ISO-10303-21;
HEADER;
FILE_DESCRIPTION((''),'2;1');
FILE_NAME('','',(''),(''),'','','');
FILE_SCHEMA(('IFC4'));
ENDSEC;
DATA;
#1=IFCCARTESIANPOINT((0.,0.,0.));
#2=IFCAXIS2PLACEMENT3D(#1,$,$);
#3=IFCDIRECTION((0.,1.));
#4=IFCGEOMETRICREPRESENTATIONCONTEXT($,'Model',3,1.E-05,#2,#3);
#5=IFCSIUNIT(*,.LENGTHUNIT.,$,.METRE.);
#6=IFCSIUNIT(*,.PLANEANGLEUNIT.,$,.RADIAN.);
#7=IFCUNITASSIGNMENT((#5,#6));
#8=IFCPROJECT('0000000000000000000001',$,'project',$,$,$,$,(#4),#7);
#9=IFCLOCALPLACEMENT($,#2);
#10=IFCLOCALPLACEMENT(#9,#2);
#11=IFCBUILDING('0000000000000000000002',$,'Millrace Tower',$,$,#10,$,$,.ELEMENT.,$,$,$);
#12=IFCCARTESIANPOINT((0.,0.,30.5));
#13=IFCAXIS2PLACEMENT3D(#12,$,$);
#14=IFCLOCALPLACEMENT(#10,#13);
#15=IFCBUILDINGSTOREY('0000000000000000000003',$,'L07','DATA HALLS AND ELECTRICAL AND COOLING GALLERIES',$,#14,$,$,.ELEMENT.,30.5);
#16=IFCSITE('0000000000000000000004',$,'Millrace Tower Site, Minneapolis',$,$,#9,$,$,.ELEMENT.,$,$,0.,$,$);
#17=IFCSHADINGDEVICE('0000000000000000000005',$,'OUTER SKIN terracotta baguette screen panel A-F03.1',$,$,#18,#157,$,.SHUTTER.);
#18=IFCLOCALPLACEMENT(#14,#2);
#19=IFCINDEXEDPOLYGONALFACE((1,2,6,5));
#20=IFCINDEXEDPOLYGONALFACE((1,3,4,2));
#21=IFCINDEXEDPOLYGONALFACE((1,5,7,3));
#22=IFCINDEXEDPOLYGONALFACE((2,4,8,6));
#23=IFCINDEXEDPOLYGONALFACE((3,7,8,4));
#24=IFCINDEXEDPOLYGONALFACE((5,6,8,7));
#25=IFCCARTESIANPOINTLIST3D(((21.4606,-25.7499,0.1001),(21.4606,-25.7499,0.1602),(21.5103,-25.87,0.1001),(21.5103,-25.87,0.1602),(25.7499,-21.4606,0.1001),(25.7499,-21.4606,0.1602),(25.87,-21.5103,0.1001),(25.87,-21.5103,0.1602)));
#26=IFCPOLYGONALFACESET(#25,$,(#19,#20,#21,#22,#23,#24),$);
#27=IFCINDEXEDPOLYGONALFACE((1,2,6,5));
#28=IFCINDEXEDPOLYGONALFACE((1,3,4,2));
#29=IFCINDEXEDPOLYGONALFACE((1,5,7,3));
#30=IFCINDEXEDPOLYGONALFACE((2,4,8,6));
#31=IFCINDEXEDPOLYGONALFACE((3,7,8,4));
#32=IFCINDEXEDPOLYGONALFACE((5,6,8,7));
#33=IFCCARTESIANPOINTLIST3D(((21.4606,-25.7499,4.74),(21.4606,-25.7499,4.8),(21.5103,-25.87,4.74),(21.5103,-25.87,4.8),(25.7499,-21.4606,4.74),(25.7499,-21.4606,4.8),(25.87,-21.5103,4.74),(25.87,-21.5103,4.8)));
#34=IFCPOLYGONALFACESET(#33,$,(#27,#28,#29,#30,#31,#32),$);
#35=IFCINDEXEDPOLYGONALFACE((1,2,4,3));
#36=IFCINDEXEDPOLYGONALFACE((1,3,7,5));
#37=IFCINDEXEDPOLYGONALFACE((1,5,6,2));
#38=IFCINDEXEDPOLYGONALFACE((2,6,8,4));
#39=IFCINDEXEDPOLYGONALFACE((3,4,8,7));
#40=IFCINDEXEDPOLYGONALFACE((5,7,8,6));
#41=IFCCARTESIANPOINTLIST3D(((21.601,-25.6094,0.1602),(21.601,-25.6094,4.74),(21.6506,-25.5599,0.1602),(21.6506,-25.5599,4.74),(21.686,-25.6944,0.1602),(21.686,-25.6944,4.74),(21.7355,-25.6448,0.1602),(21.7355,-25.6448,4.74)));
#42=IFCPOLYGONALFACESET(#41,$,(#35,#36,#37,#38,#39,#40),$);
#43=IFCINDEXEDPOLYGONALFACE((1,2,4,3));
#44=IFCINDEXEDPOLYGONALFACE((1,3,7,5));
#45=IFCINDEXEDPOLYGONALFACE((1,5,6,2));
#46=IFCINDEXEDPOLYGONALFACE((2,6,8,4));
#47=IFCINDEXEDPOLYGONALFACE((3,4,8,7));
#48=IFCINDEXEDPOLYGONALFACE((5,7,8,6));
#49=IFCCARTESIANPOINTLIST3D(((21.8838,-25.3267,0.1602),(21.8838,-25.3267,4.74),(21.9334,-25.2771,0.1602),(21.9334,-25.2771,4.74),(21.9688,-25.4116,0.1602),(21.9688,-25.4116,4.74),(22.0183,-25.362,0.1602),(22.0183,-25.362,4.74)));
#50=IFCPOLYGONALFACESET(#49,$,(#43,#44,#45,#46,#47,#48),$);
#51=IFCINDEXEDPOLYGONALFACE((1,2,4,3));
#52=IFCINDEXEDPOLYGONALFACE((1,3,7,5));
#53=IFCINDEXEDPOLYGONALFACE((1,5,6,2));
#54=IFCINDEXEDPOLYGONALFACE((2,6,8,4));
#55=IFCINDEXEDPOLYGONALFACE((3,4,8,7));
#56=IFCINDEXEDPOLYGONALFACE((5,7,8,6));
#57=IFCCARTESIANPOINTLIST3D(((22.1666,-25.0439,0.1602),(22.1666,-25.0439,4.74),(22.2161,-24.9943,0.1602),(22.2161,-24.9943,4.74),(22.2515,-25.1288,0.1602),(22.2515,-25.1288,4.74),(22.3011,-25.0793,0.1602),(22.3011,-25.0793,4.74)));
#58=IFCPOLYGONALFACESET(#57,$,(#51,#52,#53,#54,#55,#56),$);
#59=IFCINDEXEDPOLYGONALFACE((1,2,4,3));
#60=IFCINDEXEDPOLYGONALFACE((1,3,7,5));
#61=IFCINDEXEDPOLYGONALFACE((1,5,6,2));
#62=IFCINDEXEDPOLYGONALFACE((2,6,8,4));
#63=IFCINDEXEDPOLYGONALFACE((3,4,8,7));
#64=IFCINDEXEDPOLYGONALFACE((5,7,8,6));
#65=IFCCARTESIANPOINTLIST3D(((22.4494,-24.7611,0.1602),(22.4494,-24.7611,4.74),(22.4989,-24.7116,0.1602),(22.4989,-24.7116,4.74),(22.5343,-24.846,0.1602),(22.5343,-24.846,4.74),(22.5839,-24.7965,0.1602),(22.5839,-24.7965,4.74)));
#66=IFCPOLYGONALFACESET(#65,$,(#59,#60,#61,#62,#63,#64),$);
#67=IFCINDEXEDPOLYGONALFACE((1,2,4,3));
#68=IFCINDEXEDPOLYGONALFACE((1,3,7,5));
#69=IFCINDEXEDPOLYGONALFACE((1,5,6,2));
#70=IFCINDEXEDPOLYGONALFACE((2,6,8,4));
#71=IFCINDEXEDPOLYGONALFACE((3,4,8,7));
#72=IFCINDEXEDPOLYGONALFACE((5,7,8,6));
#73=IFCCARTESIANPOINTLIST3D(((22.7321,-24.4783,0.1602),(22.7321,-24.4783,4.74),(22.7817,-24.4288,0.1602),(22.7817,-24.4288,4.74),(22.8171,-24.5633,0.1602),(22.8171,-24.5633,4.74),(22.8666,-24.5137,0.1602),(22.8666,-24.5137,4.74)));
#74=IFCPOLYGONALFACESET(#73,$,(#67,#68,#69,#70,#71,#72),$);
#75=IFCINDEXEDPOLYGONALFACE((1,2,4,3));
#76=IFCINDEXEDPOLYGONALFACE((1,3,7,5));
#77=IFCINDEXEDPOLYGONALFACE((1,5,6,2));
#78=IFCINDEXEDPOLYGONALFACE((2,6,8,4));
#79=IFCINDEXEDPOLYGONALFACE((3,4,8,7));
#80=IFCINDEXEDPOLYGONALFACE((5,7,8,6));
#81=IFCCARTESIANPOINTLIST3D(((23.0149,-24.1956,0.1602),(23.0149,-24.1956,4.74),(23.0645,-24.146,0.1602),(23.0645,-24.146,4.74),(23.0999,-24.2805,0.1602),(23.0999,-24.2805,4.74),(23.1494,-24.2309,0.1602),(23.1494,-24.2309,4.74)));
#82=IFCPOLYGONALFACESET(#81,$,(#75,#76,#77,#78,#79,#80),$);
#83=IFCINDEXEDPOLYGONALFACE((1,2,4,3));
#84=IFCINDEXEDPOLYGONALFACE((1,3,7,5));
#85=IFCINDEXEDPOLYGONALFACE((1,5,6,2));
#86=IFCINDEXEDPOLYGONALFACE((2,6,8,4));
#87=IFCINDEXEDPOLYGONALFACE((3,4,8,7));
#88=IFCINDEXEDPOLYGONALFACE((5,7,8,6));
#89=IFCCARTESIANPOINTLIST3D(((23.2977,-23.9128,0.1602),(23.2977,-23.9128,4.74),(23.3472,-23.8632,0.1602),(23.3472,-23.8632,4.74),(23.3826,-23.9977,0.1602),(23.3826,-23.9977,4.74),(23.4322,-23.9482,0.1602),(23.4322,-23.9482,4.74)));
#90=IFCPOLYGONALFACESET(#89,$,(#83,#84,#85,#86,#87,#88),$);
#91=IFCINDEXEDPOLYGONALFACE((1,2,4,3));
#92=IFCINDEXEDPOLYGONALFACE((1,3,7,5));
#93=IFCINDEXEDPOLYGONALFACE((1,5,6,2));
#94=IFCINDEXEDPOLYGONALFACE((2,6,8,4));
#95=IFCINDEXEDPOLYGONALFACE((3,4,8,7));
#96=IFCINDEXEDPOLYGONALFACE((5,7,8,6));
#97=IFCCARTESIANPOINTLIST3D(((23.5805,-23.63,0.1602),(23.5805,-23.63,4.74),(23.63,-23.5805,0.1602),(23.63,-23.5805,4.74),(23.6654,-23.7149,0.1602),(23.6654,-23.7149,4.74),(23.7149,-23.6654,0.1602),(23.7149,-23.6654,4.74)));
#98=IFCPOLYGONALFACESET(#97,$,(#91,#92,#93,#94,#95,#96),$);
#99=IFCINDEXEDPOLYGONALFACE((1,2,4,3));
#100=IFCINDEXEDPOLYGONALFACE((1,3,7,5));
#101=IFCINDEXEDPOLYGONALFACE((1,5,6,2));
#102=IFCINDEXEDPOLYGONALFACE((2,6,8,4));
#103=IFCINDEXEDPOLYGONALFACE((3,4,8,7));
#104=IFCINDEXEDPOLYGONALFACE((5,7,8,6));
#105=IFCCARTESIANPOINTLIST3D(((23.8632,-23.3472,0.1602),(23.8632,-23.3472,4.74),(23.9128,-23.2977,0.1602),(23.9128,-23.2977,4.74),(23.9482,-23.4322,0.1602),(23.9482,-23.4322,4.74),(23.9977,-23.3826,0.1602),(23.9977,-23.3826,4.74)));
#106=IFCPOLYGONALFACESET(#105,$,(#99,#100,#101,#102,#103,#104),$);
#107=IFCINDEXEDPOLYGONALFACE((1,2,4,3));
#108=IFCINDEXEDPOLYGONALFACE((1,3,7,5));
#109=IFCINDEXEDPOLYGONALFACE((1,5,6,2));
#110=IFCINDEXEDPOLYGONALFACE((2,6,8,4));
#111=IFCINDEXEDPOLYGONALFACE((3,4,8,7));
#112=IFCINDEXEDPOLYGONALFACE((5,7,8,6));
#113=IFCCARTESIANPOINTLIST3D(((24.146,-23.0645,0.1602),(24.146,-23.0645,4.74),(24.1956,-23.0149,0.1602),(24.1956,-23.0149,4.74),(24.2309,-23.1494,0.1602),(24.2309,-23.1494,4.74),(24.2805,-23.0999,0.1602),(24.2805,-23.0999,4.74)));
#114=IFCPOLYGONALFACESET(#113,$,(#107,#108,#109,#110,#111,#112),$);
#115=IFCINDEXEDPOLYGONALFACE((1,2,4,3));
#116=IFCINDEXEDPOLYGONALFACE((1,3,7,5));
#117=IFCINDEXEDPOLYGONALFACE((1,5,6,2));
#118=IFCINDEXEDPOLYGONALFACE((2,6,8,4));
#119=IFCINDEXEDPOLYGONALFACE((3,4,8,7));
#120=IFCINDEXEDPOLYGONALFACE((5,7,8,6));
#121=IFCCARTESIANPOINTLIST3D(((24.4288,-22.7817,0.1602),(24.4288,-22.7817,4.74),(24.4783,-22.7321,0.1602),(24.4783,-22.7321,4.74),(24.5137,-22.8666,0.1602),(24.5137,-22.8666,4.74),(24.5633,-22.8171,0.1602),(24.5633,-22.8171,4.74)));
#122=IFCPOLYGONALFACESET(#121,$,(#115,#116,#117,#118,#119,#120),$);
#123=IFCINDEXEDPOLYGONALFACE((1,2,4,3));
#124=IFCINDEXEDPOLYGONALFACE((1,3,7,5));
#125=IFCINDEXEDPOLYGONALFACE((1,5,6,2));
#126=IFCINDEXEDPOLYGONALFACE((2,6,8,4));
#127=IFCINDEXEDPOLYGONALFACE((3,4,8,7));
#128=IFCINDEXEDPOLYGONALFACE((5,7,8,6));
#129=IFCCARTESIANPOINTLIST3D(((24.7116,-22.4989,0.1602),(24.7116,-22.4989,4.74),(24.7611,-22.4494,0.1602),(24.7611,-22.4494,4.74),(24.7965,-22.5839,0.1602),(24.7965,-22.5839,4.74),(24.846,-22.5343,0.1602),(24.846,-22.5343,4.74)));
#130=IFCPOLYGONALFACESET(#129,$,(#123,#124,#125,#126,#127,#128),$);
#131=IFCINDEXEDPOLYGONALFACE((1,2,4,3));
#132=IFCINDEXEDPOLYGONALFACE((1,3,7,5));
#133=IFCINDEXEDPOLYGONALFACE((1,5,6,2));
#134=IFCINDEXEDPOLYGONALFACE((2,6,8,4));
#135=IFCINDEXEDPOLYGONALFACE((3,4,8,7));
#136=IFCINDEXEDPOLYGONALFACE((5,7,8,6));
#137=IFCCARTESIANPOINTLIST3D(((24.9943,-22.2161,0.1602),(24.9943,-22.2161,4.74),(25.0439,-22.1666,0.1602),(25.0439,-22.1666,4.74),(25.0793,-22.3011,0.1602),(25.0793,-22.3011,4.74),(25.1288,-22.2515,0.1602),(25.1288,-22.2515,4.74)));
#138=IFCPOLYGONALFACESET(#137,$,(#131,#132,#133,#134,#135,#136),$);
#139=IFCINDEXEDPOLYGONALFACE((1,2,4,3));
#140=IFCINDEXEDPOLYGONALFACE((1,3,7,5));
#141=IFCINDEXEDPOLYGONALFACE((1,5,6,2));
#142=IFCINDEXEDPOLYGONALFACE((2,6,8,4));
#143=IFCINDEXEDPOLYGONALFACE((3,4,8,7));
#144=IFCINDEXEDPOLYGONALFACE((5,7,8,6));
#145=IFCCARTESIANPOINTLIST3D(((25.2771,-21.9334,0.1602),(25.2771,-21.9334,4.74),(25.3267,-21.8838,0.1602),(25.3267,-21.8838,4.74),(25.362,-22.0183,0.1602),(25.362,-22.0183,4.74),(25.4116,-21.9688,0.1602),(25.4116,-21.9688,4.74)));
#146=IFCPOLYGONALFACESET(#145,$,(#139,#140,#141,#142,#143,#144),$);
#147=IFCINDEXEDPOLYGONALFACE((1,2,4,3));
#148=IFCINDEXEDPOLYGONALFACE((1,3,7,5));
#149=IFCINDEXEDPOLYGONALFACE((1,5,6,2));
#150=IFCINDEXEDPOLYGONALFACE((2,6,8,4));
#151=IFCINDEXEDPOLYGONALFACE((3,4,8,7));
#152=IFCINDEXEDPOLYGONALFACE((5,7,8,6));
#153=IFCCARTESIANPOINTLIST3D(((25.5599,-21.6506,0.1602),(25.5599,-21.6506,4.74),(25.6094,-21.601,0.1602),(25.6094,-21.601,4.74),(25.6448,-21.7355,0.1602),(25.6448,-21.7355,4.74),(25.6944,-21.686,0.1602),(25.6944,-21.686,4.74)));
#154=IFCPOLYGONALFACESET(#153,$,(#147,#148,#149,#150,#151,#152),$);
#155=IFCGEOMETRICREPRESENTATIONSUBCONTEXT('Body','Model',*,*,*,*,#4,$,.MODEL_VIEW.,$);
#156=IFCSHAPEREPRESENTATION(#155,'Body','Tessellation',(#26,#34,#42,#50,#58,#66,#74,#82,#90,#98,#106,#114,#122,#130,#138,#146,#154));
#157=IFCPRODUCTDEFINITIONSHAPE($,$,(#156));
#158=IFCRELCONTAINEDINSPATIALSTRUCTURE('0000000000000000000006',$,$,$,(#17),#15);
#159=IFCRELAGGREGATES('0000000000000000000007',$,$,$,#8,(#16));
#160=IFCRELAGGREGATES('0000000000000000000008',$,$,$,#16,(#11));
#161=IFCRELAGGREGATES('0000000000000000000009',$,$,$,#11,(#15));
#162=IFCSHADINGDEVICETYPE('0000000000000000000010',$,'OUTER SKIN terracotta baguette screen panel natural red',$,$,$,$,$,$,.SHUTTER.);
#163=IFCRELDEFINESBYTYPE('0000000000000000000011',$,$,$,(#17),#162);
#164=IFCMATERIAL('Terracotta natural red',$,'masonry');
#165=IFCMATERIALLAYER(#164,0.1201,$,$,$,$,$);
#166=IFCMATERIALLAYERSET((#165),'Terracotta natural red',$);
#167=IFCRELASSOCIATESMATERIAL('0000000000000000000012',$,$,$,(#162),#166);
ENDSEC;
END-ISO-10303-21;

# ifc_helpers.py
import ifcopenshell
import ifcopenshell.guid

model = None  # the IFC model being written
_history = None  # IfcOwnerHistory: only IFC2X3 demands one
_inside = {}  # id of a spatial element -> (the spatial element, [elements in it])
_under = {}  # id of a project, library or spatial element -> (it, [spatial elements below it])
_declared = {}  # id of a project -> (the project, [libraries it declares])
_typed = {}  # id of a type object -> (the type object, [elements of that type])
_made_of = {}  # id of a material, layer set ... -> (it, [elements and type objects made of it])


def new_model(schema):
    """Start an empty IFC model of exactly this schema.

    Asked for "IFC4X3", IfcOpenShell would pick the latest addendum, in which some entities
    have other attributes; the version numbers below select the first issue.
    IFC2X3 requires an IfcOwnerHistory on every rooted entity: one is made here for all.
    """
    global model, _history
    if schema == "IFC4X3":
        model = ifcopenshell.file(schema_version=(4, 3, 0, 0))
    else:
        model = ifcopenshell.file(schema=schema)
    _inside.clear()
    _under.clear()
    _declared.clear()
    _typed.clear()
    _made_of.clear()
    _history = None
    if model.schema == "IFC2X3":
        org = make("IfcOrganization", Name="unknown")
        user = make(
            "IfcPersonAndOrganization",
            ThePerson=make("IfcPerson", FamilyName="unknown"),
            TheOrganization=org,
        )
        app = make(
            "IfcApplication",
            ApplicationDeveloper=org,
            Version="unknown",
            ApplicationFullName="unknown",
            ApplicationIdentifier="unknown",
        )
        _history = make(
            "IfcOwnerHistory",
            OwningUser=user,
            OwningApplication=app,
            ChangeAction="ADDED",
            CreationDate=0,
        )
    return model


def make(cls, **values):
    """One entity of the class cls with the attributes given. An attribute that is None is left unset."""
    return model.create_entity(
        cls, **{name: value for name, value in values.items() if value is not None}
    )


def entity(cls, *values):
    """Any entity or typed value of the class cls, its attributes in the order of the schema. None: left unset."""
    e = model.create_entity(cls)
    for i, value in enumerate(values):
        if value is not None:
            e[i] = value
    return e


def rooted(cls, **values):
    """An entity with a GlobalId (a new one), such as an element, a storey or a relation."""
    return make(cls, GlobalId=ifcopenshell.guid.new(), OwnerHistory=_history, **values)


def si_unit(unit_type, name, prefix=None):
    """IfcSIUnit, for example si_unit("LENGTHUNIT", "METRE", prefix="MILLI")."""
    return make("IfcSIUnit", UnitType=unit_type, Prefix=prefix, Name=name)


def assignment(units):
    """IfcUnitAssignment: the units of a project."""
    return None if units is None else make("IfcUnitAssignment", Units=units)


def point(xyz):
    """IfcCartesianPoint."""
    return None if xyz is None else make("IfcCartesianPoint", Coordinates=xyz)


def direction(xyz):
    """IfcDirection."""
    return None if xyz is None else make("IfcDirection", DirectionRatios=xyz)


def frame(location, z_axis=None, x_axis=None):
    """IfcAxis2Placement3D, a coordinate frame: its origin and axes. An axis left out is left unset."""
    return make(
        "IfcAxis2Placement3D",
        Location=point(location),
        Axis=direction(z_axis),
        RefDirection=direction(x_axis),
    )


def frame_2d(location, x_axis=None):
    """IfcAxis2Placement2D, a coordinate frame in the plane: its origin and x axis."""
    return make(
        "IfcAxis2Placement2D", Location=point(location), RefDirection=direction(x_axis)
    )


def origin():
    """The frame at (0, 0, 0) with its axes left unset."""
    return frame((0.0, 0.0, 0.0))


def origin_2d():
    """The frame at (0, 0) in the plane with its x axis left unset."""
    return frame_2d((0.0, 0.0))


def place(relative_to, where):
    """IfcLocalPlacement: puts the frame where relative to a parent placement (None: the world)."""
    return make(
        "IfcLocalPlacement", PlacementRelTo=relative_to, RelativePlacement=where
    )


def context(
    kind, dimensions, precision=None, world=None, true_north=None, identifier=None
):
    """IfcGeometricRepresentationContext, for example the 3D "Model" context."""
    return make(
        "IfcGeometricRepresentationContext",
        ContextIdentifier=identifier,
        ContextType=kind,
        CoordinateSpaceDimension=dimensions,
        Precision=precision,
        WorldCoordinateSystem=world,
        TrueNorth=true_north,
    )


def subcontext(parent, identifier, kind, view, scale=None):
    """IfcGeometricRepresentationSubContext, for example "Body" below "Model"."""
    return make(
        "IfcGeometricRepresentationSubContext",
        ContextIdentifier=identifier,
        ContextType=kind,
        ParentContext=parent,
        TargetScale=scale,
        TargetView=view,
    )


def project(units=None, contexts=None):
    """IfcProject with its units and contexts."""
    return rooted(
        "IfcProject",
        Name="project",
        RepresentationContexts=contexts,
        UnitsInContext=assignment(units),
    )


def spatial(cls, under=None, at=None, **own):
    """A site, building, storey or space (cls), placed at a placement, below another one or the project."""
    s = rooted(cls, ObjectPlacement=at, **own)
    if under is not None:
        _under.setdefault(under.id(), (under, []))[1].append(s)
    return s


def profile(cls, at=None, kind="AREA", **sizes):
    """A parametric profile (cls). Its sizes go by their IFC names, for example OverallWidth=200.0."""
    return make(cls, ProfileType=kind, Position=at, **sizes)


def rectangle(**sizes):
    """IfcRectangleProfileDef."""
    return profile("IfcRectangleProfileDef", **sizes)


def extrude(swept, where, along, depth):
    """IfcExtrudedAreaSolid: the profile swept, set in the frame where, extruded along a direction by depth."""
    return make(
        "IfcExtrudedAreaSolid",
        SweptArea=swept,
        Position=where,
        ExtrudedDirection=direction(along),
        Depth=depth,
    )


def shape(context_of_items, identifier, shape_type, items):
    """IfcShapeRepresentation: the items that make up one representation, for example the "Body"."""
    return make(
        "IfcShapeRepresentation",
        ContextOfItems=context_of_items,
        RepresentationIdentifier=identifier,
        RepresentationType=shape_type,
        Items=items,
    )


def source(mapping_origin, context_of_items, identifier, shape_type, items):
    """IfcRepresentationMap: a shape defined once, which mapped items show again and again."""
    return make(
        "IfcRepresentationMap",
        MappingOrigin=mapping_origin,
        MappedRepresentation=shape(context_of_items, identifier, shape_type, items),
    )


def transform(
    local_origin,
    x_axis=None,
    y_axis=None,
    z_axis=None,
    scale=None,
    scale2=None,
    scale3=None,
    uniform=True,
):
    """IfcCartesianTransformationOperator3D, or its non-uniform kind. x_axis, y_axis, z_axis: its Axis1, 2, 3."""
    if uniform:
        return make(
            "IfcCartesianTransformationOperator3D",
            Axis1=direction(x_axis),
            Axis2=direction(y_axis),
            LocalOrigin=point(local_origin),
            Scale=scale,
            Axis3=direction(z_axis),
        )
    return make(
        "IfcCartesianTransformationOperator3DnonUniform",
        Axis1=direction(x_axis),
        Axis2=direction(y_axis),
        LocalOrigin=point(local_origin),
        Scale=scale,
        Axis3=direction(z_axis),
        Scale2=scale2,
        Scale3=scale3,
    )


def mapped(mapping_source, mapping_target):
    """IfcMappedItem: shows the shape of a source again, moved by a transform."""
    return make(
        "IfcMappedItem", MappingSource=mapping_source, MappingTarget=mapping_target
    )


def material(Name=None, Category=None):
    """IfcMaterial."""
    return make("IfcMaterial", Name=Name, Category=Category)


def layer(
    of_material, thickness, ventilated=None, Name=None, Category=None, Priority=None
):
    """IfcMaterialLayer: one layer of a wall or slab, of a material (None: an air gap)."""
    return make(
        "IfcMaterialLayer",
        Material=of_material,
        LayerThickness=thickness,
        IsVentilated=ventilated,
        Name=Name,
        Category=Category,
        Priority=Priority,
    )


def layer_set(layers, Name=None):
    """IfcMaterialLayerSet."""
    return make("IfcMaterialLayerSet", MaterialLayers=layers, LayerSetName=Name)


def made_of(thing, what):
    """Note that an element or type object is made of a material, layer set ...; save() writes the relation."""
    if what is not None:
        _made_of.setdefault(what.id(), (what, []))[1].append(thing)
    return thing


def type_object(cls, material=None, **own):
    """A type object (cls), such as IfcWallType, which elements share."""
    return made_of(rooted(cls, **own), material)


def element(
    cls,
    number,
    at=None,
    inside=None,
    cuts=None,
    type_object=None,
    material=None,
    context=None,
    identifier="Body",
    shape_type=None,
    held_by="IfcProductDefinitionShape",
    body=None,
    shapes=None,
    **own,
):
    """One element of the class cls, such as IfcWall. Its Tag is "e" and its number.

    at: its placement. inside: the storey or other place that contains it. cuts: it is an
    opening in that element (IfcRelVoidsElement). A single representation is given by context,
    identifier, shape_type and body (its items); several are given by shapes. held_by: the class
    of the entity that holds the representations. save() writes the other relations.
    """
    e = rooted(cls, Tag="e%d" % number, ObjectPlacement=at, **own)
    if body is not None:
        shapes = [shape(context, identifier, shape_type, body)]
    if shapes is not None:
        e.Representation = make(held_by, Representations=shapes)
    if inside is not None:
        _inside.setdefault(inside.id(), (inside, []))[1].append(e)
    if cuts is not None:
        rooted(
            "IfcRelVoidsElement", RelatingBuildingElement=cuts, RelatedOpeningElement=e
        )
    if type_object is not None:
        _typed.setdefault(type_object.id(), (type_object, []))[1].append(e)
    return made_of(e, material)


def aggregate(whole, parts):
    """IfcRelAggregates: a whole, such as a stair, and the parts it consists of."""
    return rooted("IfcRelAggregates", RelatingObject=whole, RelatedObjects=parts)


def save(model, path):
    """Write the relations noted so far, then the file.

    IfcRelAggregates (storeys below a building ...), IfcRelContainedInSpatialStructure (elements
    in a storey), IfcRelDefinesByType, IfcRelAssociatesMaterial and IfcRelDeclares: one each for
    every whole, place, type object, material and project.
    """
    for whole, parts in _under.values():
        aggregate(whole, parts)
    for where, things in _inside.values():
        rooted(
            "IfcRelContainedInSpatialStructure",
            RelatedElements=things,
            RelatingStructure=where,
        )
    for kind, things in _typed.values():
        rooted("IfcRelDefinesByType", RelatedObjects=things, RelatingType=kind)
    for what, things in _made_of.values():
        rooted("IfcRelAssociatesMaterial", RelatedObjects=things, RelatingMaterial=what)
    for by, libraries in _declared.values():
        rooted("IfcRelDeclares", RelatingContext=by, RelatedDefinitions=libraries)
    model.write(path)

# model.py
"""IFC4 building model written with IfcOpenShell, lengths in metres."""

from ifc_helpers import new_model, entity, si_unit, direction, frame, frame_2d, origin, origin_2d, place, context, subcontext, project, spatial, rectangle, extrude, source, transform, mapped, material, layer, layer_set, type_object, element, save


model = new_model("IFC4")

# Units and contexts
model_context = context("Model", 3, precision=1e-05, world=origin(), true_north=direction((0.0, 1.0)))
body_context = subcontext(model_context, "Body", "Model", "MODEL_VIEW")
ifc_project = project(units=[si_unit("LENGTHUNIT", "METRE"), si_unit("PLANEANGLEUNIT", "RADIAN")], contexts=[model_context])

# Site, building, storey
site_placement = place(None, origin())
site = spatial("IfcSite", under=ifc_project, at=site_placement, Name="Millrace Tower Site, Minneapolis", CompositionType="ELEMENT", RefElevation=0.0)
building_placement = place(site_placement, origin())
building = spatial("IfcBuilding", under=site, at=building_placement, Name="Millrace Tower", CompositionType="ELEMENT")
storey_placement = place(building_placement, frame((0.0, 0.0, 30.5)))
storey = spatial("IfcBuildingStorey", under=building, at=storey_placement, Name="L07", Description="DATA HALLS AND ELECTRICAL AND COOLING GALLERIES", CompositionType="ELEMENT", Elevation=30.5)

# Shading device
ifc_material_1 = material(Name="Terracotta natural red", Category="masonry")
ifc_layer_1 = layer(ifc_material_1, 0.1201)
ifc_layer_set_1 = layer_set([ifc_layer_1], Name="Terracotta natural red")
shading_device_type_1 = type_object("IfcShadingDeviceType", Name="OUTER SKIN terracotta baguette screen panel natural red", PredefinedType="SHUTTER", material=ifc_layer_set_1)
cartesian_point_1 = entity("IfcCartesianPoint", [-3.033, 0.0601])
shared_polyline_1 = entity("IfcPolyline", [cartesian_point_1, entity("IfcCartesianPoint", [3.033, 0.0601]), entity("IfcCartesianPoint", [3.0828, -0.0601]), entity("IfcCartesianPoint", [-3.0828, -0.0601]), cartesian_point_1])
shared_shape_1 = source(origin(), body_context, "Body", "SweptSolid", [
    entity("IfcExtrudedAreaSolid", entity("IfcArbitraryClosedProfileDef", "AREA", None, shared_polyline_1), entity("IfcAxis2Placement3D", entity("IfcCartesianPoint", [0.0, 0.0, 0.0])), entity("IfcDirection", [0.0, 0.0, 1.0]), 0.0601),
    entity("IfcExtrudedAreaSolid", entity("IfcArbitraryClosedProfileDef", "AREA", None, shared_polyline_1), entity("IfcAxis2Placement3D", entity("IfcCartesianPoint", [0.0, 0.0, 4.6399])), entity("IfcDirection", [0.0, 0.0, 1.0]), 0.0601),
    extrude(rectangle(XDim=0.0701, YDim=0.1201, at=frame_2d((-2.7993, 0.0))), frame((0.0, 0.0, 0.0601)), (0.0, 0.0, 1.0), 4.5798),
    extrude(rectangle(XDim=0.0701, YDim=0.1201, at=frame_2d((-2.3994, 0.0))), frame((0.0, 0.0, 0.0601)), (0.0, 0.0, 1.0), 4.5798),
    extrude(rectangle(XDim=0.0701, YDim=0.1201, at=frame_2d((-1.9995, 0.0))), frame((0.0, 0.0, 0.0601)), (0.0, 0.0, 1.0), 4.5798),
    extrude(rectangle(XDim=0.0701, YDim=0.1201, at=frame_2d((-1.5996, 0.0))), frame((0.0, 0.0, 0.0601)), (0.0, 0.0, 1.0), 4.5798),
    extrude(rectangle(XDim=0.0701, YDim=0.1201, at=frame_2d((-1.1997, 0.0))), frame((0.0, 0.0, 0.0601)), (0.0, 0.0, 1.0), 4.5798),
    extrude(rectangle(XDim=0.0701, YDim=0.1201, at=frame_2d((-0.7998, 0.0))), frame((0.0, 0.0, 0.0601)), (0.0, 0.0, 1.0), 4.5798),
    extrude(rectangle(XDim=0.0701, YDim=0.1201, at=frame_2d((-0.3999, 0.0))), frame((0.0, 0.0, 0.0601)), (0.0, 0.0, 1.0), 4.5798),
    extrude(rectangle(XDim=0.0701, YDim=0.1201, at=origin_2d()), frame((0.0, 0.0, 0.0601)), (0.0, 0.0, 1.0), 4.5798),
    extrude(rectangle(XDim=0.0701, YDim=0.1201, at=frame_2d((0.3999, 0.0))), frame((0.0, 0.0, 0.0601)), (0.0, 0.0, 1.0), 4.5798),
    extrude(rectangle(XDim=0.0701, YDim=0.1201, at=frame_2d((0.7998, 0.0))), frame((0.0, 0.0, 0.0601)), (0.0, 0.0, 1.0), 4.5798),
    extrude(rectangle(XDim=0.0701, YDim=0.1201, at=frame_2d((1.1997, 0.0))), frame((0.0, 0.0, 0.0601)), (0.0, 0.0, 1.0), 4.5798),
    extrude(rectangle(XDim=0.0701, YDim=0.1201, at=frame_2d((1.5996, 0.0))), frame((0.0, 0.0, 0.0601)), (0.0, 0.0, 1.0), 4.5798),
    extrude(rectangle(XDim=0.0701, YDim=0.1201, at=frame_2d((1.9995, 0.0))), frame((0.0, 0.0, 0.0601)), (0.0, 0.0, 1.0), 4.5798),
    extrude(rectangle(XDim=0.0701, YDim=0.1201, at=frame_2d((2.3994, 0.0))), frame((0.0, 0.0, 0.0601)), (0.0, 0.0, 1.0), 4.5798),
    extrude(rectangle(XDim=0.0701, YDim=0.1201, at=frame_2d((2.7993, 0.0))), frame((0.0, 0.0, 0.0601)), (0.0, 0.0, 1.0), 4.5798),
])
shading_device_1_placement = place(storey_placement, frame((23.6477, -23.6477, 0.1001), z_axis=(0.0, 0.0, 1.0), x_axis=(0.707107, 0.707107, 0.0)))
element("IfcShadingDevice", 1, at=shading_device_1_placement, inside=storey, type_object=shading_device_type_1, Name="OUTER SKIN terracotta baguette screen panel A-F03.1", PredefinedType="SHUTTER", context=body_context, shape_type="MappedRepresentation", body=[
    mapped(shared_shape_1, transform((0.0, 0.0, 0.0), scale=1.0)),
])

save(model, "model.ifc")
